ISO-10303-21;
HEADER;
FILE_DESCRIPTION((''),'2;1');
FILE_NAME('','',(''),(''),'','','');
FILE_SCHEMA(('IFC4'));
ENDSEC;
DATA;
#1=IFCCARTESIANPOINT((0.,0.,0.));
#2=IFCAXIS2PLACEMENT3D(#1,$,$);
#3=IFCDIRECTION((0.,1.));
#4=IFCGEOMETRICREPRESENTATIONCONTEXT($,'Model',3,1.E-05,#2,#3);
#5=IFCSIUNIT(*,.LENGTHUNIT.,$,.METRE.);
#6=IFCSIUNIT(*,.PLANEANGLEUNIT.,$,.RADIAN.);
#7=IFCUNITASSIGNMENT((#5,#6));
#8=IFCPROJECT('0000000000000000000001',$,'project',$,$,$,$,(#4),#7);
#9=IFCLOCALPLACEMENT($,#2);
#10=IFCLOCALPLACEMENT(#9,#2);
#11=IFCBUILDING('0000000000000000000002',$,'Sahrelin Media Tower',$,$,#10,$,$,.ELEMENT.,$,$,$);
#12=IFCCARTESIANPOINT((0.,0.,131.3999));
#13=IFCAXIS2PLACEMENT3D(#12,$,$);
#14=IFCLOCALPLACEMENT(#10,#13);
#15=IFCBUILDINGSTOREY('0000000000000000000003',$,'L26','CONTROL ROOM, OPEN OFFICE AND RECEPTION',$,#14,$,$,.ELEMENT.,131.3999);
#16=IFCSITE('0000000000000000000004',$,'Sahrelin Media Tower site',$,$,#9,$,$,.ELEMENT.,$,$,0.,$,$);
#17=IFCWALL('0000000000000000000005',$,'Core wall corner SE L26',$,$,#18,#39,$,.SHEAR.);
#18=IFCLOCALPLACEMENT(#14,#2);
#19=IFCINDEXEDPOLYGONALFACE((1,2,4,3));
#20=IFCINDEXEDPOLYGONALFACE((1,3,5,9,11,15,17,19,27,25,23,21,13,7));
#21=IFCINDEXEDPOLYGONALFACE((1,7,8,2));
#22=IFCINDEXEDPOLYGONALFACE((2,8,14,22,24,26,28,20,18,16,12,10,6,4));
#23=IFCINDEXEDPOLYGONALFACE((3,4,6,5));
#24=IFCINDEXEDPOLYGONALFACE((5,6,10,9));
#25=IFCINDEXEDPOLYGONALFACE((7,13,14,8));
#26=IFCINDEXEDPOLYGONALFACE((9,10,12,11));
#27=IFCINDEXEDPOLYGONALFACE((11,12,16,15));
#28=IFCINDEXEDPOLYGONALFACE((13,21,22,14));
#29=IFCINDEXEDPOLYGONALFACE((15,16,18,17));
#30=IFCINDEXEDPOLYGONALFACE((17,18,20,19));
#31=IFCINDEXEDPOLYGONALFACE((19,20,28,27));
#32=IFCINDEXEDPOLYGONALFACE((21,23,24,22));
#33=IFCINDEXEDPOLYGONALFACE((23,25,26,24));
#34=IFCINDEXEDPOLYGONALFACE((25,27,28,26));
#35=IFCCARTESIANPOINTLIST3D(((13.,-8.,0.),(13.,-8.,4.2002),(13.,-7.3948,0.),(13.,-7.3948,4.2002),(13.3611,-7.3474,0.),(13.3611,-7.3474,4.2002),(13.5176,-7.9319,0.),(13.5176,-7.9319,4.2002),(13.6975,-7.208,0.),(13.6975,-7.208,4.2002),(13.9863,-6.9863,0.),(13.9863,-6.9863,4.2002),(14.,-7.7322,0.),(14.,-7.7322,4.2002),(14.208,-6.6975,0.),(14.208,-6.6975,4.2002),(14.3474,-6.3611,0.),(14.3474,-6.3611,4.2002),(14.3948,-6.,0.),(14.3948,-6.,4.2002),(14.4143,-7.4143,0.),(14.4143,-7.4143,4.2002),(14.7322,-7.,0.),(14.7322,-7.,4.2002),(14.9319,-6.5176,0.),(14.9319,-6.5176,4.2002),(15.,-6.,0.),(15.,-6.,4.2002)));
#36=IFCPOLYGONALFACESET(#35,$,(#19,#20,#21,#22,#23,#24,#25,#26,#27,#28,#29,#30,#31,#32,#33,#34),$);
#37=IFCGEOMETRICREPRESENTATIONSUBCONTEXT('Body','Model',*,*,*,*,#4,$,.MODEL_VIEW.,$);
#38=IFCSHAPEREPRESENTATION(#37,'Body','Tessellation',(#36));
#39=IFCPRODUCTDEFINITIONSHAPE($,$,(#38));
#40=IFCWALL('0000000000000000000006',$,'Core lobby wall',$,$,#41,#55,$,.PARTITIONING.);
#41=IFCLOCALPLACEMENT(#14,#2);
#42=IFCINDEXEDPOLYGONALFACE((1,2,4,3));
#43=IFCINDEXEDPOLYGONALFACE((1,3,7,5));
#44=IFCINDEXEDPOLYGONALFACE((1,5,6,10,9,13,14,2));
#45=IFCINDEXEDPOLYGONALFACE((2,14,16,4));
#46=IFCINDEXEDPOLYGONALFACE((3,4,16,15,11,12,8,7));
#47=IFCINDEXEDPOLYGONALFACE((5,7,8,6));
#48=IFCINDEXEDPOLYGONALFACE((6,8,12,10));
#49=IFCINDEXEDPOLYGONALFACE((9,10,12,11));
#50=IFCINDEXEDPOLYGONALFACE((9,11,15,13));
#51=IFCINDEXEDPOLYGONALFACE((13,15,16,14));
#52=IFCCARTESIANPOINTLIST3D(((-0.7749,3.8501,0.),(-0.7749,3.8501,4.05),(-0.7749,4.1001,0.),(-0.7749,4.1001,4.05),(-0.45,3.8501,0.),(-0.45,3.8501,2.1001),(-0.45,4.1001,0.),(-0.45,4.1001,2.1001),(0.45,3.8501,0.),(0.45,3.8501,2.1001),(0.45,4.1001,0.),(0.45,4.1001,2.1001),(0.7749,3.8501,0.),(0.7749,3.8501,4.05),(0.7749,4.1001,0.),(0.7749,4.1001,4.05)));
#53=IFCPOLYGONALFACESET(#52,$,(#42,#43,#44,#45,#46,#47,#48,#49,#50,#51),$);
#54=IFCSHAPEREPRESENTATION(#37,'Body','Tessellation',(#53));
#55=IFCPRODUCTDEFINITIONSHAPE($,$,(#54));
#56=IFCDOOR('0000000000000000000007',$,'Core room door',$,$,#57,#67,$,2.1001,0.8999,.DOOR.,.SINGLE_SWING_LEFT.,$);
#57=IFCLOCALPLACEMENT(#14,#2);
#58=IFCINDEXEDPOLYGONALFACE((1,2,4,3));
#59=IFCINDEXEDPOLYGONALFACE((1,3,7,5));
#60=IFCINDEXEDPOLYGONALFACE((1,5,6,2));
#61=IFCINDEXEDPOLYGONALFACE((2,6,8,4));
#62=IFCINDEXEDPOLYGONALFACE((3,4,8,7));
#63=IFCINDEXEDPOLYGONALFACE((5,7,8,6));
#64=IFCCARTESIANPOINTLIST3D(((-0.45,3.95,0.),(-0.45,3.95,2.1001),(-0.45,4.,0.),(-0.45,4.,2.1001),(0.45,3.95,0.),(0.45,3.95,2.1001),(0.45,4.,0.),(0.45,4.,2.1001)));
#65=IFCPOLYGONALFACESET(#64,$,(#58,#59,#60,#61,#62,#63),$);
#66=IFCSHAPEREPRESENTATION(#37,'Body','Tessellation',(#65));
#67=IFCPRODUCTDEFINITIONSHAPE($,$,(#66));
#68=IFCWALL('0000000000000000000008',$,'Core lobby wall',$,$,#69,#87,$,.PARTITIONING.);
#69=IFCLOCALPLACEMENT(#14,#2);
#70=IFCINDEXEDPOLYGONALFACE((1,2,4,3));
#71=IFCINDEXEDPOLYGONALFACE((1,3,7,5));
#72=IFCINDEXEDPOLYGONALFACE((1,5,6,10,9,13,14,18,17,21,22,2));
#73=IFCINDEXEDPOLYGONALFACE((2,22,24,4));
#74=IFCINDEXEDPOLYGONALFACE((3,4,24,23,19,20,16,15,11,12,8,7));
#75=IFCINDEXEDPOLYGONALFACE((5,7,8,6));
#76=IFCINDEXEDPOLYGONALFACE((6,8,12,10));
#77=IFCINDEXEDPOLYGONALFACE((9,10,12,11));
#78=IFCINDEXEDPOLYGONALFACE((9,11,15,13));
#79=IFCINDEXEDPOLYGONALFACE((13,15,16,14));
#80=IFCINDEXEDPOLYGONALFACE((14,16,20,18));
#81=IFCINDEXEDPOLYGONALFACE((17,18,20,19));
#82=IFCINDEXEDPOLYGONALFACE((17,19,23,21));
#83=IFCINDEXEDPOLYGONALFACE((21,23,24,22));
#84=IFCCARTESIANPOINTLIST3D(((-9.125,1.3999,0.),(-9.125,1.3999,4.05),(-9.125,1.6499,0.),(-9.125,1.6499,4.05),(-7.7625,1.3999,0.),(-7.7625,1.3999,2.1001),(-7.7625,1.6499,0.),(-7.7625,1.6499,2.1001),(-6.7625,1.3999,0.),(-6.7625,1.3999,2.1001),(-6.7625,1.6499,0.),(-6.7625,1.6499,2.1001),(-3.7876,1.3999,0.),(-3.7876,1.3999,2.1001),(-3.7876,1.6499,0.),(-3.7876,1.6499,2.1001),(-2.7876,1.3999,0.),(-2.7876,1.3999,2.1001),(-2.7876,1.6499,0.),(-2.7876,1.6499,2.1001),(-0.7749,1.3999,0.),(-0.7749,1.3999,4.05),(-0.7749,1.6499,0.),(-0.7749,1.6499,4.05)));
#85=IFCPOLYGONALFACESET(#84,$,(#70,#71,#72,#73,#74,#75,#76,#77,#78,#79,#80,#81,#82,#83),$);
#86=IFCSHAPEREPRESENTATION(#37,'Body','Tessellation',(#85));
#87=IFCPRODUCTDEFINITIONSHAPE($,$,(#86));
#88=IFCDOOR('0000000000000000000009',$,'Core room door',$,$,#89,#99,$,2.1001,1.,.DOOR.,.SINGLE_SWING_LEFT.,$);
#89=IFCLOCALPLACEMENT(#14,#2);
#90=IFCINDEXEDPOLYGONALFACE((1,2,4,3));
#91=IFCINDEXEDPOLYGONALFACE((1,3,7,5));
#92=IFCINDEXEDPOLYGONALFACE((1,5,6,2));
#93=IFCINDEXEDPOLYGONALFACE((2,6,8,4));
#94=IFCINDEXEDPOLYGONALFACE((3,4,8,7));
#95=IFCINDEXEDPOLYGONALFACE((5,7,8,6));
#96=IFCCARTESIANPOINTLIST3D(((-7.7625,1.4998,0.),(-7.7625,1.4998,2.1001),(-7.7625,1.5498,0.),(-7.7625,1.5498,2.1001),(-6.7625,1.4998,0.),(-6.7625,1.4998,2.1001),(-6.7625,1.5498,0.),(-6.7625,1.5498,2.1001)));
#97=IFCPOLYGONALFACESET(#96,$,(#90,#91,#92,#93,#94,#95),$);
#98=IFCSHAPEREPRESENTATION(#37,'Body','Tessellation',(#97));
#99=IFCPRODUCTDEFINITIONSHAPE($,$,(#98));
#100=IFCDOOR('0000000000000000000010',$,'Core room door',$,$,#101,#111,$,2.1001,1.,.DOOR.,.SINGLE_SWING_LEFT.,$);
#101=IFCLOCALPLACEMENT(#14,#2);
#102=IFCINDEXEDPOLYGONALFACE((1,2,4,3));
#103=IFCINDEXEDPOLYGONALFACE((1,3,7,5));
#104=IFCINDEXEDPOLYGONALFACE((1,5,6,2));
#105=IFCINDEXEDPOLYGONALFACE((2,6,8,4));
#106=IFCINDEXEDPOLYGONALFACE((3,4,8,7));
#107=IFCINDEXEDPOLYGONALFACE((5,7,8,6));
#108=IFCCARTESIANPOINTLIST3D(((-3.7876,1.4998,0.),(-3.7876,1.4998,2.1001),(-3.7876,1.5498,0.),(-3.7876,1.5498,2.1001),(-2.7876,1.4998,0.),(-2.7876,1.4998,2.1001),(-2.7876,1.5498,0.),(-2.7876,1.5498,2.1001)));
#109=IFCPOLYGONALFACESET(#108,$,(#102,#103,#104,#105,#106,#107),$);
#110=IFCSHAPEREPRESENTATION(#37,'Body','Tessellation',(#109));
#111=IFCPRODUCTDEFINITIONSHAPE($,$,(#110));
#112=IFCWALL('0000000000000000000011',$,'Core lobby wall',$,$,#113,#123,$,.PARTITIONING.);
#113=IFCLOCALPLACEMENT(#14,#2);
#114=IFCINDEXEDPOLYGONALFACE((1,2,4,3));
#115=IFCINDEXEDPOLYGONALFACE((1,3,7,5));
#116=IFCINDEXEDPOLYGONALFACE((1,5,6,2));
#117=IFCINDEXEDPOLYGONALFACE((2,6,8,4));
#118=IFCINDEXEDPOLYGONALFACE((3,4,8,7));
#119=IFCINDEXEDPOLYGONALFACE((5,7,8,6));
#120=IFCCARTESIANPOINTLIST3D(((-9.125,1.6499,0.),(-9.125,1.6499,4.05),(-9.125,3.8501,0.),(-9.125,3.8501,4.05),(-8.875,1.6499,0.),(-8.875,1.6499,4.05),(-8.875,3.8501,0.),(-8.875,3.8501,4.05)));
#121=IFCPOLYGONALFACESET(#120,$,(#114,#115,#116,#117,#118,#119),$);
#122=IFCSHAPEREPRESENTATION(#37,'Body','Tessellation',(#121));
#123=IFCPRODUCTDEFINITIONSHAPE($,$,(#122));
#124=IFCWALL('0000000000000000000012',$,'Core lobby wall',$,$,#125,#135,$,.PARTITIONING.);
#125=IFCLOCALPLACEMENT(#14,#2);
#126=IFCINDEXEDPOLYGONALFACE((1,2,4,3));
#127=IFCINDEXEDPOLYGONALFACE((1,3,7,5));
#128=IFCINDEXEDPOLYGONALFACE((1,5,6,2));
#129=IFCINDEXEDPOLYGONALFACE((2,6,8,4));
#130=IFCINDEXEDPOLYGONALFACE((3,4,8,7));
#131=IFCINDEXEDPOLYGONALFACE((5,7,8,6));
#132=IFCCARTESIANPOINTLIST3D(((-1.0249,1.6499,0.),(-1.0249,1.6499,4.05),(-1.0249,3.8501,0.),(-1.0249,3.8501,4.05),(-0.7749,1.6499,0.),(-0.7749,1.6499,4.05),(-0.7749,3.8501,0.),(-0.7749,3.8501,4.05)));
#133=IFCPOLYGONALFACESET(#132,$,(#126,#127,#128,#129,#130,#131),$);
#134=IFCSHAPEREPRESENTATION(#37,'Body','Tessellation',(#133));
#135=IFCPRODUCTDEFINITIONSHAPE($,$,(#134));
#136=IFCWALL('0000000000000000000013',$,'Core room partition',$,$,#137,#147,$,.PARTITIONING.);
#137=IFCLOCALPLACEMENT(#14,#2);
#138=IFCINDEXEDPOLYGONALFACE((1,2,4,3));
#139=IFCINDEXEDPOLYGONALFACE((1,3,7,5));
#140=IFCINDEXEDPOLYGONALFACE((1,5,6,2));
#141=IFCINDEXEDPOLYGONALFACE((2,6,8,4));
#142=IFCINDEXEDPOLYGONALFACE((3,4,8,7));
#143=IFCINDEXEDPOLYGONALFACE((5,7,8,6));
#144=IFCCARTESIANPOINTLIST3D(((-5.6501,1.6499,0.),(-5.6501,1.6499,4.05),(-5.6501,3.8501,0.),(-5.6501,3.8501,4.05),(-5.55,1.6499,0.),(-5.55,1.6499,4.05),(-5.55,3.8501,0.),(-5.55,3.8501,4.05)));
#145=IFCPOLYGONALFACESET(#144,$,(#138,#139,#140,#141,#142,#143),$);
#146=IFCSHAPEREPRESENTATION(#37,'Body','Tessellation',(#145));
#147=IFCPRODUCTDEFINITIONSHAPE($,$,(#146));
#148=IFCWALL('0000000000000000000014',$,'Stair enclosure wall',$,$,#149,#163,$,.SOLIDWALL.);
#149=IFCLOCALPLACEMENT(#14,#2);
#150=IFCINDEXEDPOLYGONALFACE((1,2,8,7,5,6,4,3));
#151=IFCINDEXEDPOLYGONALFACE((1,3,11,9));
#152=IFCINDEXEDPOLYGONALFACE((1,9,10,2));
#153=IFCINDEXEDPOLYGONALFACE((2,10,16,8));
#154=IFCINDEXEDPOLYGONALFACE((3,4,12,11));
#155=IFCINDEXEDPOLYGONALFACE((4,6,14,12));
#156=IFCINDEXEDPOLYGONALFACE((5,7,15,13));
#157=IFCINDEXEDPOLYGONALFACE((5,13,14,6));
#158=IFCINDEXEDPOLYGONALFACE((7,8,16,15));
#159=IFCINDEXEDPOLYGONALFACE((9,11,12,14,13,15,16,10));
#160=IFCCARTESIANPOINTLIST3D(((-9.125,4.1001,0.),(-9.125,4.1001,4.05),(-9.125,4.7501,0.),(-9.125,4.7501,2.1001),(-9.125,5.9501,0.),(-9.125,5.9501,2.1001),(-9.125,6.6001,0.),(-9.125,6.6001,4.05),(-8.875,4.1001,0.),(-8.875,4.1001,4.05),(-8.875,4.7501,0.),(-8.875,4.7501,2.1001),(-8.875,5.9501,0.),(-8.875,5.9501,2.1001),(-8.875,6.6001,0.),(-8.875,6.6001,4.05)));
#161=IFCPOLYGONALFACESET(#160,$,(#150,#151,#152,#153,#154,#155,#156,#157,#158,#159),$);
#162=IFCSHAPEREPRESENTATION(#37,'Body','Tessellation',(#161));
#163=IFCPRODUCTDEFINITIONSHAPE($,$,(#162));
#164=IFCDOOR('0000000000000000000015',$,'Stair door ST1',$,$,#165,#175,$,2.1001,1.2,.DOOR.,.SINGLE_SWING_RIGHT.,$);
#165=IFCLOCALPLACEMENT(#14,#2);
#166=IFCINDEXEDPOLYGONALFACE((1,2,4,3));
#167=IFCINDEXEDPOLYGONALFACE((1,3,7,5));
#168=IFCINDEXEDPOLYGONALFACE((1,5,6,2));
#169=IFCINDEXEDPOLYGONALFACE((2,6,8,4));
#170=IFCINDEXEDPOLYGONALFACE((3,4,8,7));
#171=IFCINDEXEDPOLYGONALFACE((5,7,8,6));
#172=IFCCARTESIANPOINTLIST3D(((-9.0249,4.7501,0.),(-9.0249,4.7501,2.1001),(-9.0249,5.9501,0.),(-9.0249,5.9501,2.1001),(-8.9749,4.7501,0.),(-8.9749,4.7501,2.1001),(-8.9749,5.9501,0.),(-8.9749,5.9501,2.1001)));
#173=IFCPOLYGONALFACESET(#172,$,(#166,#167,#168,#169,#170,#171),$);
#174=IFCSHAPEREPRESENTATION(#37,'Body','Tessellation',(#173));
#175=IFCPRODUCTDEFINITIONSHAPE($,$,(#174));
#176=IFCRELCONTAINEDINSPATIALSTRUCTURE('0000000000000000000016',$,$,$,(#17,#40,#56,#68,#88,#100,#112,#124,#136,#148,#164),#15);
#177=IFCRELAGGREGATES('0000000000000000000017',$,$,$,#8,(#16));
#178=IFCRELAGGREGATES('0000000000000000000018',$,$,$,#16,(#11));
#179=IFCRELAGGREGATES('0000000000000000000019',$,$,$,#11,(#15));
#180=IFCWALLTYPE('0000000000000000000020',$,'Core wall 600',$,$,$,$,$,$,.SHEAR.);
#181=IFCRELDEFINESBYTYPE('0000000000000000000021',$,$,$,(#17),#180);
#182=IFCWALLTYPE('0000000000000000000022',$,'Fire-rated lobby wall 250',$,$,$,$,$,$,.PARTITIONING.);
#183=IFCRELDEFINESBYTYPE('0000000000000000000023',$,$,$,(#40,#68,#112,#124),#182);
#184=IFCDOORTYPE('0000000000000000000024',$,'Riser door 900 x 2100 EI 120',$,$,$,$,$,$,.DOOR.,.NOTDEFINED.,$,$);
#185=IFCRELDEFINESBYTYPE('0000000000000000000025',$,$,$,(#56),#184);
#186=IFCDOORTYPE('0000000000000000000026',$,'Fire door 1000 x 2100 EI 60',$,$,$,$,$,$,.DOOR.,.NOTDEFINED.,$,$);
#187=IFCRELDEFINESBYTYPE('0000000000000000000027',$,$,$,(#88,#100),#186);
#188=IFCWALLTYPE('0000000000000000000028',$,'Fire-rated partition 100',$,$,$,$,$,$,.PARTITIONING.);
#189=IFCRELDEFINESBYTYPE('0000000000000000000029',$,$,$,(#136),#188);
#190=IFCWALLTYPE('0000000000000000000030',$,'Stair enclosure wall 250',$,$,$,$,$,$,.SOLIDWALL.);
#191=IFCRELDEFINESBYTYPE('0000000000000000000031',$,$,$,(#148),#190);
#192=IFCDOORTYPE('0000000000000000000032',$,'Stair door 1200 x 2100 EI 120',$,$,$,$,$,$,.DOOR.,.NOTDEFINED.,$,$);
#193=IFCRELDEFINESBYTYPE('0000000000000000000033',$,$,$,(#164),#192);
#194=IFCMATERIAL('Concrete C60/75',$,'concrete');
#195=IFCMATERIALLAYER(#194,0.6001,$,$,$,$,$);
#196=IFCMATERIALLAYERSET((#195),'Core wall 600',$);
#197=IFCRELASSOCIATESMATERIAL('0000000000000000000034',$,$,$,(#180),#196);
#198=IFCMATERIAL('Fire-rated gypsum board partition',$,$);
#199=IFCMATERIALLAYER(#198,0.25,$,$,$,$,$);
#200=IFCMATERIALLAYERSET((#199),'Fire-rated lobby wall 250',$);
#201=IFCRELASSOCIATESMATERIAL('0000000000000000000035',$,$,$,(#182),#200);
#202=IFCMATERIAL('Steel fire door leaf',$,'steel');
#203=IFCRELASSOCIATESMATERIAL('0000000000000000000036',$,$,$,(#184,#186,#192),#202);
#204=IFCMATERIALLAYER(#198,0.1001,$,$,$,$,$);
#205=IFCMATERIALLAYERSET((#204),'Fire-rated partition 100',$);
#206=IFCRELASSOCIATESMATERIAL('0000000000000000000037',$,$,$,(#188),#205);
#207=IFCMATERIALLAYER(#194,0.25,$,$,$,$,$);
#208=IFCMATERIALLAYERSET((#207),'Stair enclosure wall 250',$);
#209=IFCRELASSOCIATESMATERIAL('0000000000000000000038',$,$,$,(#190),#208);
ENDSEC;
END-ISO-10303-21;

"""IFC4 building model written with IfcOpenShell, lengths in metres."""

from ifc_helpers import new_model, si_unit, direction, frame, frame_2d, origin, place, context, subcontext, project, spatial, polyline, rectangle, outline, extrude, material, layer, layer_set, type_object, element, fill, save


model = new_model("IFC4")

# Units and contexts
model_context = context("Model", 3, precision=1e-05, world=origin(), true_north=direction((0.0, 1.0)))
body_context = subcontext(model_context, "Body", "Model", "MODEL_VIEW")
ifc_project = project(units=[si_unit("LENGTHUNIT", "METRE"), si_unit("PLANEANGLEUNIT", "RADIAN")], contexts=[model_context])

# Site, building, storey
site_placement = place(None, origin())
site = spatial("IfcSite", under=ifc_project, at=site_placement, Name="Sahrelin Media Tower site", CompositionType="ELEMENT", RefElevation=0.0)
building_placement = place(site_placement, origin())
building = spatial("IfcBuilding", under=site, at=building_placement, Name="Sahrelin Media Tower", CompositionType="ELEMENT")
storey_placement = place(building_placement, frame((0.0, 0.0, 131.3999)))
storey = spatial("IfcBuildingStorey", under=building, at=storey_placement, Name="L26", Description="CONTROL ROOM, OPEN OFFICE AND RECEPTION", CompositionType="ELEMENT", Elevation=131.3999)

# Shared definitions
ifc_material_1 = material(Name="Concrete C60/75", Category="concrete")
ifc_layer_1 = layer(ifc_material_1, 0.6001)
ifc_layer_set_1 = layer_set([ifc_layer_1], Name="Core wall 600")
wall_type_1 = type_object("IfcWallType", Name="Core wall 600", PredefinedType="SHEAR", material=ifc_layer_set_1)
ifc_material_2 = material(Name="Steel fire door leaf", Category="steel")

# Wall
placement = place(storey_placement, origin())
element("IfcWall", 1, at=placement, inside=storey, type_object=wall_type_1, Name="Core wall corner SE L26", PredefinedType="SHEAR", context=body_context, shape_type="SweptSolid", body=[
    extrude(outline(polyline([(15.0, -6.0), (14.3948, -6.0), (14.3474, -6.3611), (14.208, -6.6975), (13.9863, -6.9863), (13.6975, -7.208), (13.3611, -7.3474), (13.0, -7.3948), (13.0, -8.0), (13.5176, -7.9319), (14.0, -7.7322), (14.4143, -7.4143), (14.7322, -7.0), (14.9319, -6.5176), (15.0, -6.0)])), origin(), (0.0, 0.0, 1.0), 4.2002),
])

# Wall, opening, door
ifc_material_3 = material(Name="Fire-rated gypsum board partition")
ifc_layer_2 = layer(ifc_material_3, 0.25)
ifc_layer_set_2 = layer_set([ifc_layer_2], Name="Fire-rated lobby wall 250")
wall_type_2 = type_object("IfcWallType", Name="Fire-rated lobby wall 250", PredefinedType="PARTITIONING", material=ifc_layer_set_2)
wall_1_placement = place(storey_placement, frame((-0.7749, 3.9751, 0.0), z_axis=(0.0, 0.0, 1.0), x_axis=(1.0, 0.0, 0.0)))
wall_1 = element("IfcWall", 2, at=wall_1_placement, inside=storey, type_object=wall_type_2, Name="Core lobby wall", PredefinedType="PARTITIONING", context=body_context, shape_type="SweptSolid", body=[
    extrude(rectangle(XDim=1.5498, YDim=0.25, at=frame_2d((0.7749, 0.0))), origin(), (0.0, 0.0, 1.0), 4.05),
])
opening_1_placement = place(wall_1_placement, frame((0.325, 0.0, 0.0)))
opening_1 = element("IfcOpeningElement", 3, at=opening_1_placement, cuts=wall_1, PredefinedType="OPENING", context=body_context, shape_type="SweptSolid", body=[
    extrude(rectangle(XDim=0.8999, YDim=2.1001, at=frame_2d((0.45, 1.05))), frame((0.0, 0.125, 0.0), z_axis=(0.0, -1.0, 0.0), x_axis=(1.0, 0.0, 0.0)), (0.0, 0.0, 1.0), 0.25),
])
door_type_1 = type_object("IfcDoorType", Name="Riser door 900 x 2100 EI 120", OperationType="NOTDEFINED", PredefinedType="DOOR", material=ifc_material_2)
door_1_placement = place(opening_1_placement, origin())
door_1 = element("IfcDoor", 4, at=door_1_placement, inside=storey, type_object=door_type_1, Name="Core room door", OperationType="SINGLE_SWING_LEFT", OverallHeight=2.1001, OverallWidth=0.8999, PredefinedType="DOOR", context=body_context, shape_type="SweptSolid", body=[
    extrude(rectangle(XDim=0.8999, YDim=2.1001, at=frame_2d((0.45, 1.05))), frame((0.0, 0.0249, 0.0), z_axis=(0.0, -1.0, 0.0), x_axis=(1.0, 0.0, 0.0)), (0.0, 0.0, 1.0), 0.05),
])
fill(opening_1, door_1)

# Wall, openings, doors
wall_2_placement = place(storey_placement, frame((-9.125, 1.5249, 0.0), z_axis=(0.0, 0.0, 1.0), x_axis=(1.0, 0.0, 0.0)))
wall_2 = element("IfcWall", 5, at=wall_2_placement, inside=storey, type_object=wall_type_2, Name="Core lobby wall", PredefinedType="PARTITIONING", context=body_context, shape_type="SweptSolid", body=[
    extrude(rectangle(XDim=8.3501, YDim=0.25, at=frame_2d((4.175, 0.0))), origin(), (0.0, 0.0, 1.0), 4.05),
])
opening_2_placement = place(wall_2_placement, frame((1.3625, 0.0, 0.0)))
opening_2 = element("IfcOpeningElement", 6, at=opening_2_placement, cuts=wall_2, PredefinedType="OPENING", context=body_context, shape_type="SweptSolid", body=[
    extrude(rectangle(XDim=1.0, YDim=2.1001, at=frame_2d((0.5, 1.05))), frame((0.0, 0.125, 0.0), z_axis=(0.0, -1.0, 0.0), x_axis=(1.0, 0.0, 0.0)), (0.0, 0.0, 1.0), 0.25),
])
opening_3_placement = place(wall_2_placement, frame((5.3374, 0.0, 0.0)))
opening_3 = element("IfcOpeningElement", 7, at=opening_3_placement, cuts=wall_2, PredefinedType="OPENING", context=body_context, shape_type="SweptSolid", body=[
    extrude(rectangle(XDim=1.0, YDim=2.1001, at=frame_2d((0.5, 1.05))), frame((0.0, 0.125, 0.0), z_axis=(0.0, -1.0, 0.0), x_axis=(1.0, 0.0, 0.0)), (0.0, 0.0, 1.0), 0.25),
])
door_type_2 = type_object("IfcDoorType", Name="Fire door 1000 x 2100 EI 60", OperationType="NOTDEFINED", PredefinedType="DOOR", material=ifc_material_2)
door_2_placement = place(opening_2_placement, origin())
door_2 = element("IfcDoor", 8, at=door_2_placement, inside=storey, type_object=door_type_2, Name="Core room door", OperationType="SINGLE_SWING_LEFT", OverallHeight=2.1001, OverallWidth=1.0, PredefinedType="DOOR", context=body_context, shape_type="SweptSolid", body=[
    extrude(rectangle(XDim=1.0, YDim=2.1001, at=frame_2d((0.5, 1.05))), frame((0.0, 0.0249, 0.0), z_axis=(0.0, -1.0, 0.0), x_axis=(1.0, 0.0, 0.0)), (0.0, 0.0, 1.0), 0.05),
])
fill(opening_2, door_2)
door_3_placement = place(opening_3_placement, origin())
door_3 = element("IfcDoor", 9, at=door_3_placement, inside=storey, type_object=door_type_2, Name="Core room door", OperationType="SINGLE_SWING_LEFT", OverallHeight=2.1001, OverallWidth=1.0, PredefinedType="DOOR", context=body_context, shape_type="SweptSolid", body=[
    extrude(rectangle(XDim=1.0, YDim=2.1001, at=frame_2d((0.5, 1.05))), frame((0.0, 0.0249, 0.0), z_axis=(0.0, -1.0, 0.0), x_axis=(1.0, 0.0, 0.0)), (0.0, 0.0, 1.0), 0.05),
])
fill(opening_3, door_3)

# Walls
for number, where, z_axis, x_axis, name in (
    (10, (-9.0, 1.6499, 0.0), (0.0, 0.0, 1.0), (0.0, 1.0, 0.0), "Core lobby wall"),
    (11, (-0.8999, 1.6499, 0.0), (0.0, 0.0, 1.0), (0.0, 1.0, 0.0), "Core lobby wall"),
):
    element("IfcWall", number, at=place(storey_placement, frame(where, z_axis=z_axis, x_axis=x_axis)), inside=storey, type_object=wall_type_2, Name=name, PredefinedType="PARTITIONING", context=body_context, shape_type="SweptSolid", body=[
        extrude(rectangle(XDim=2.2002, YDim=0.25, at=frame_2d((1.1001, 0.0))), origin(), (0.0, 0.0, 1.0), 4.05),
    ])
ifc_layer_3 = layer(ifc_material_3, 0.1001)
ifc_layer_set_3 = layer_set([ifc_layer_3], Name="Fire-rated partition 100")
wall_type_3 = type_object("IfcWallType", Name="Fire-rated partition 100", PredefinedType="PARTITIONING", material=ifc_layer_set_3)
wall_3_placement = place(storey_placement, frame((-5.6001, 1.6499, 0.0), z_axis=(0.0, 0.0, 1.0), x_axis=(0.0, 1.0, 0.0)))
element("IfcWall", 12, at=wall_3_placement, inside=storey, type_object=wall_type_3, Name="Core room partition", PredefinedType="PARTITIONING", context=body_context, shape_type="SweptSolid", body=[
    extrude(rectangle(XDim=2.2002, YDim=0.1001, at=frame_2d((1.1001, 0.0))), origin(), (0.0, 0.0, 1.0), 4.05),
])

# Wall, opening, door
ifc_layer_4 = layer(ifc_material_1, 0.25)
ifc_layer_set_4 = layer_set([ifc_layer_4], Name="Stair enclosure wall 250")
wall_type_4 = type_object("IfcWallType", Name="Stair enclosure wall 250", PredefinedType="SOLIDWALL", material=ifc_layer_set_4)
wall_4_placement = place(storey_placement, frame((-9.0, 4.1001, 0.0), z_axis=(0.0, 0.0, 1.0), x_axis=(0.0, 1.0, 0.0)))
wall_4 = element("IfcWall", 13, at=wall_4_placement, inside=storey, type_object=wall_type_4, Name="Stair enclosure wall", PredefinedType="SOLIDWALL", context=body_context, shape_type="SweptSolid", body=[
    extrude(rectangle(XDim=2.5, YDim=0.25, at=frame_2d((1.25, 0.0))), origin(), (0.0, 0.0, 1.0), 4.05),
])
opening_4_placement = place(wall_4_placement, frame((0.6499, 0.0, 0.0)))
opening_4 = element("IfcOpeningElement", 14, at=opening_4_placement, cuts=wall_4, PredefinedType="OPENING", context=body_context, shape_type="SweptSolid", body=[
    extrude(rectangle(XDim=1.2, YDim=2.1001, at=frame_2d((0.6001, 1.05))), frame((0.0, 0.125, 0.0), z_axis=(0.0, -1.0, 0.0), x_axis=(1.0, 0.0, 0.0)), (0.0, 0.0, 1.0), 0.25),
])
door_type_3 = type_object("IfcDoorType", Name="Stair door 1200 x 2100 EI 120", OperationType="NOTDEFINED", PredefinedType="DOOR", material=ifc_material_2)
door_4_placement = place(opening_4_placement, origin())
door_4 = element("IfcDoor", 15, at=door_4_placement, inside=storey, type_object=door_type_3, Name="Stair door ST1", OperationType="SINGLE_SWING_RIGHT", OverallHeight=2.1001, OverallWidth=1.2, PredefinedType="DOOR", context=body_context, shape_type="SweptSolid", body=[
    extrude(rectangle(XDim=1.2, YDim=2.1001, at=frame_2d((0.6001, 1.05))), frame((0.0, 0.0249, 0.0), z_axis=(0.0, -1.0, 0.0), x_axis=(1.0, 0.0, 0.0)), (0.0, 0.0, 1.0), 0.05),
])
fill(opening_4, door_4)

save(model, "model.ifc")
